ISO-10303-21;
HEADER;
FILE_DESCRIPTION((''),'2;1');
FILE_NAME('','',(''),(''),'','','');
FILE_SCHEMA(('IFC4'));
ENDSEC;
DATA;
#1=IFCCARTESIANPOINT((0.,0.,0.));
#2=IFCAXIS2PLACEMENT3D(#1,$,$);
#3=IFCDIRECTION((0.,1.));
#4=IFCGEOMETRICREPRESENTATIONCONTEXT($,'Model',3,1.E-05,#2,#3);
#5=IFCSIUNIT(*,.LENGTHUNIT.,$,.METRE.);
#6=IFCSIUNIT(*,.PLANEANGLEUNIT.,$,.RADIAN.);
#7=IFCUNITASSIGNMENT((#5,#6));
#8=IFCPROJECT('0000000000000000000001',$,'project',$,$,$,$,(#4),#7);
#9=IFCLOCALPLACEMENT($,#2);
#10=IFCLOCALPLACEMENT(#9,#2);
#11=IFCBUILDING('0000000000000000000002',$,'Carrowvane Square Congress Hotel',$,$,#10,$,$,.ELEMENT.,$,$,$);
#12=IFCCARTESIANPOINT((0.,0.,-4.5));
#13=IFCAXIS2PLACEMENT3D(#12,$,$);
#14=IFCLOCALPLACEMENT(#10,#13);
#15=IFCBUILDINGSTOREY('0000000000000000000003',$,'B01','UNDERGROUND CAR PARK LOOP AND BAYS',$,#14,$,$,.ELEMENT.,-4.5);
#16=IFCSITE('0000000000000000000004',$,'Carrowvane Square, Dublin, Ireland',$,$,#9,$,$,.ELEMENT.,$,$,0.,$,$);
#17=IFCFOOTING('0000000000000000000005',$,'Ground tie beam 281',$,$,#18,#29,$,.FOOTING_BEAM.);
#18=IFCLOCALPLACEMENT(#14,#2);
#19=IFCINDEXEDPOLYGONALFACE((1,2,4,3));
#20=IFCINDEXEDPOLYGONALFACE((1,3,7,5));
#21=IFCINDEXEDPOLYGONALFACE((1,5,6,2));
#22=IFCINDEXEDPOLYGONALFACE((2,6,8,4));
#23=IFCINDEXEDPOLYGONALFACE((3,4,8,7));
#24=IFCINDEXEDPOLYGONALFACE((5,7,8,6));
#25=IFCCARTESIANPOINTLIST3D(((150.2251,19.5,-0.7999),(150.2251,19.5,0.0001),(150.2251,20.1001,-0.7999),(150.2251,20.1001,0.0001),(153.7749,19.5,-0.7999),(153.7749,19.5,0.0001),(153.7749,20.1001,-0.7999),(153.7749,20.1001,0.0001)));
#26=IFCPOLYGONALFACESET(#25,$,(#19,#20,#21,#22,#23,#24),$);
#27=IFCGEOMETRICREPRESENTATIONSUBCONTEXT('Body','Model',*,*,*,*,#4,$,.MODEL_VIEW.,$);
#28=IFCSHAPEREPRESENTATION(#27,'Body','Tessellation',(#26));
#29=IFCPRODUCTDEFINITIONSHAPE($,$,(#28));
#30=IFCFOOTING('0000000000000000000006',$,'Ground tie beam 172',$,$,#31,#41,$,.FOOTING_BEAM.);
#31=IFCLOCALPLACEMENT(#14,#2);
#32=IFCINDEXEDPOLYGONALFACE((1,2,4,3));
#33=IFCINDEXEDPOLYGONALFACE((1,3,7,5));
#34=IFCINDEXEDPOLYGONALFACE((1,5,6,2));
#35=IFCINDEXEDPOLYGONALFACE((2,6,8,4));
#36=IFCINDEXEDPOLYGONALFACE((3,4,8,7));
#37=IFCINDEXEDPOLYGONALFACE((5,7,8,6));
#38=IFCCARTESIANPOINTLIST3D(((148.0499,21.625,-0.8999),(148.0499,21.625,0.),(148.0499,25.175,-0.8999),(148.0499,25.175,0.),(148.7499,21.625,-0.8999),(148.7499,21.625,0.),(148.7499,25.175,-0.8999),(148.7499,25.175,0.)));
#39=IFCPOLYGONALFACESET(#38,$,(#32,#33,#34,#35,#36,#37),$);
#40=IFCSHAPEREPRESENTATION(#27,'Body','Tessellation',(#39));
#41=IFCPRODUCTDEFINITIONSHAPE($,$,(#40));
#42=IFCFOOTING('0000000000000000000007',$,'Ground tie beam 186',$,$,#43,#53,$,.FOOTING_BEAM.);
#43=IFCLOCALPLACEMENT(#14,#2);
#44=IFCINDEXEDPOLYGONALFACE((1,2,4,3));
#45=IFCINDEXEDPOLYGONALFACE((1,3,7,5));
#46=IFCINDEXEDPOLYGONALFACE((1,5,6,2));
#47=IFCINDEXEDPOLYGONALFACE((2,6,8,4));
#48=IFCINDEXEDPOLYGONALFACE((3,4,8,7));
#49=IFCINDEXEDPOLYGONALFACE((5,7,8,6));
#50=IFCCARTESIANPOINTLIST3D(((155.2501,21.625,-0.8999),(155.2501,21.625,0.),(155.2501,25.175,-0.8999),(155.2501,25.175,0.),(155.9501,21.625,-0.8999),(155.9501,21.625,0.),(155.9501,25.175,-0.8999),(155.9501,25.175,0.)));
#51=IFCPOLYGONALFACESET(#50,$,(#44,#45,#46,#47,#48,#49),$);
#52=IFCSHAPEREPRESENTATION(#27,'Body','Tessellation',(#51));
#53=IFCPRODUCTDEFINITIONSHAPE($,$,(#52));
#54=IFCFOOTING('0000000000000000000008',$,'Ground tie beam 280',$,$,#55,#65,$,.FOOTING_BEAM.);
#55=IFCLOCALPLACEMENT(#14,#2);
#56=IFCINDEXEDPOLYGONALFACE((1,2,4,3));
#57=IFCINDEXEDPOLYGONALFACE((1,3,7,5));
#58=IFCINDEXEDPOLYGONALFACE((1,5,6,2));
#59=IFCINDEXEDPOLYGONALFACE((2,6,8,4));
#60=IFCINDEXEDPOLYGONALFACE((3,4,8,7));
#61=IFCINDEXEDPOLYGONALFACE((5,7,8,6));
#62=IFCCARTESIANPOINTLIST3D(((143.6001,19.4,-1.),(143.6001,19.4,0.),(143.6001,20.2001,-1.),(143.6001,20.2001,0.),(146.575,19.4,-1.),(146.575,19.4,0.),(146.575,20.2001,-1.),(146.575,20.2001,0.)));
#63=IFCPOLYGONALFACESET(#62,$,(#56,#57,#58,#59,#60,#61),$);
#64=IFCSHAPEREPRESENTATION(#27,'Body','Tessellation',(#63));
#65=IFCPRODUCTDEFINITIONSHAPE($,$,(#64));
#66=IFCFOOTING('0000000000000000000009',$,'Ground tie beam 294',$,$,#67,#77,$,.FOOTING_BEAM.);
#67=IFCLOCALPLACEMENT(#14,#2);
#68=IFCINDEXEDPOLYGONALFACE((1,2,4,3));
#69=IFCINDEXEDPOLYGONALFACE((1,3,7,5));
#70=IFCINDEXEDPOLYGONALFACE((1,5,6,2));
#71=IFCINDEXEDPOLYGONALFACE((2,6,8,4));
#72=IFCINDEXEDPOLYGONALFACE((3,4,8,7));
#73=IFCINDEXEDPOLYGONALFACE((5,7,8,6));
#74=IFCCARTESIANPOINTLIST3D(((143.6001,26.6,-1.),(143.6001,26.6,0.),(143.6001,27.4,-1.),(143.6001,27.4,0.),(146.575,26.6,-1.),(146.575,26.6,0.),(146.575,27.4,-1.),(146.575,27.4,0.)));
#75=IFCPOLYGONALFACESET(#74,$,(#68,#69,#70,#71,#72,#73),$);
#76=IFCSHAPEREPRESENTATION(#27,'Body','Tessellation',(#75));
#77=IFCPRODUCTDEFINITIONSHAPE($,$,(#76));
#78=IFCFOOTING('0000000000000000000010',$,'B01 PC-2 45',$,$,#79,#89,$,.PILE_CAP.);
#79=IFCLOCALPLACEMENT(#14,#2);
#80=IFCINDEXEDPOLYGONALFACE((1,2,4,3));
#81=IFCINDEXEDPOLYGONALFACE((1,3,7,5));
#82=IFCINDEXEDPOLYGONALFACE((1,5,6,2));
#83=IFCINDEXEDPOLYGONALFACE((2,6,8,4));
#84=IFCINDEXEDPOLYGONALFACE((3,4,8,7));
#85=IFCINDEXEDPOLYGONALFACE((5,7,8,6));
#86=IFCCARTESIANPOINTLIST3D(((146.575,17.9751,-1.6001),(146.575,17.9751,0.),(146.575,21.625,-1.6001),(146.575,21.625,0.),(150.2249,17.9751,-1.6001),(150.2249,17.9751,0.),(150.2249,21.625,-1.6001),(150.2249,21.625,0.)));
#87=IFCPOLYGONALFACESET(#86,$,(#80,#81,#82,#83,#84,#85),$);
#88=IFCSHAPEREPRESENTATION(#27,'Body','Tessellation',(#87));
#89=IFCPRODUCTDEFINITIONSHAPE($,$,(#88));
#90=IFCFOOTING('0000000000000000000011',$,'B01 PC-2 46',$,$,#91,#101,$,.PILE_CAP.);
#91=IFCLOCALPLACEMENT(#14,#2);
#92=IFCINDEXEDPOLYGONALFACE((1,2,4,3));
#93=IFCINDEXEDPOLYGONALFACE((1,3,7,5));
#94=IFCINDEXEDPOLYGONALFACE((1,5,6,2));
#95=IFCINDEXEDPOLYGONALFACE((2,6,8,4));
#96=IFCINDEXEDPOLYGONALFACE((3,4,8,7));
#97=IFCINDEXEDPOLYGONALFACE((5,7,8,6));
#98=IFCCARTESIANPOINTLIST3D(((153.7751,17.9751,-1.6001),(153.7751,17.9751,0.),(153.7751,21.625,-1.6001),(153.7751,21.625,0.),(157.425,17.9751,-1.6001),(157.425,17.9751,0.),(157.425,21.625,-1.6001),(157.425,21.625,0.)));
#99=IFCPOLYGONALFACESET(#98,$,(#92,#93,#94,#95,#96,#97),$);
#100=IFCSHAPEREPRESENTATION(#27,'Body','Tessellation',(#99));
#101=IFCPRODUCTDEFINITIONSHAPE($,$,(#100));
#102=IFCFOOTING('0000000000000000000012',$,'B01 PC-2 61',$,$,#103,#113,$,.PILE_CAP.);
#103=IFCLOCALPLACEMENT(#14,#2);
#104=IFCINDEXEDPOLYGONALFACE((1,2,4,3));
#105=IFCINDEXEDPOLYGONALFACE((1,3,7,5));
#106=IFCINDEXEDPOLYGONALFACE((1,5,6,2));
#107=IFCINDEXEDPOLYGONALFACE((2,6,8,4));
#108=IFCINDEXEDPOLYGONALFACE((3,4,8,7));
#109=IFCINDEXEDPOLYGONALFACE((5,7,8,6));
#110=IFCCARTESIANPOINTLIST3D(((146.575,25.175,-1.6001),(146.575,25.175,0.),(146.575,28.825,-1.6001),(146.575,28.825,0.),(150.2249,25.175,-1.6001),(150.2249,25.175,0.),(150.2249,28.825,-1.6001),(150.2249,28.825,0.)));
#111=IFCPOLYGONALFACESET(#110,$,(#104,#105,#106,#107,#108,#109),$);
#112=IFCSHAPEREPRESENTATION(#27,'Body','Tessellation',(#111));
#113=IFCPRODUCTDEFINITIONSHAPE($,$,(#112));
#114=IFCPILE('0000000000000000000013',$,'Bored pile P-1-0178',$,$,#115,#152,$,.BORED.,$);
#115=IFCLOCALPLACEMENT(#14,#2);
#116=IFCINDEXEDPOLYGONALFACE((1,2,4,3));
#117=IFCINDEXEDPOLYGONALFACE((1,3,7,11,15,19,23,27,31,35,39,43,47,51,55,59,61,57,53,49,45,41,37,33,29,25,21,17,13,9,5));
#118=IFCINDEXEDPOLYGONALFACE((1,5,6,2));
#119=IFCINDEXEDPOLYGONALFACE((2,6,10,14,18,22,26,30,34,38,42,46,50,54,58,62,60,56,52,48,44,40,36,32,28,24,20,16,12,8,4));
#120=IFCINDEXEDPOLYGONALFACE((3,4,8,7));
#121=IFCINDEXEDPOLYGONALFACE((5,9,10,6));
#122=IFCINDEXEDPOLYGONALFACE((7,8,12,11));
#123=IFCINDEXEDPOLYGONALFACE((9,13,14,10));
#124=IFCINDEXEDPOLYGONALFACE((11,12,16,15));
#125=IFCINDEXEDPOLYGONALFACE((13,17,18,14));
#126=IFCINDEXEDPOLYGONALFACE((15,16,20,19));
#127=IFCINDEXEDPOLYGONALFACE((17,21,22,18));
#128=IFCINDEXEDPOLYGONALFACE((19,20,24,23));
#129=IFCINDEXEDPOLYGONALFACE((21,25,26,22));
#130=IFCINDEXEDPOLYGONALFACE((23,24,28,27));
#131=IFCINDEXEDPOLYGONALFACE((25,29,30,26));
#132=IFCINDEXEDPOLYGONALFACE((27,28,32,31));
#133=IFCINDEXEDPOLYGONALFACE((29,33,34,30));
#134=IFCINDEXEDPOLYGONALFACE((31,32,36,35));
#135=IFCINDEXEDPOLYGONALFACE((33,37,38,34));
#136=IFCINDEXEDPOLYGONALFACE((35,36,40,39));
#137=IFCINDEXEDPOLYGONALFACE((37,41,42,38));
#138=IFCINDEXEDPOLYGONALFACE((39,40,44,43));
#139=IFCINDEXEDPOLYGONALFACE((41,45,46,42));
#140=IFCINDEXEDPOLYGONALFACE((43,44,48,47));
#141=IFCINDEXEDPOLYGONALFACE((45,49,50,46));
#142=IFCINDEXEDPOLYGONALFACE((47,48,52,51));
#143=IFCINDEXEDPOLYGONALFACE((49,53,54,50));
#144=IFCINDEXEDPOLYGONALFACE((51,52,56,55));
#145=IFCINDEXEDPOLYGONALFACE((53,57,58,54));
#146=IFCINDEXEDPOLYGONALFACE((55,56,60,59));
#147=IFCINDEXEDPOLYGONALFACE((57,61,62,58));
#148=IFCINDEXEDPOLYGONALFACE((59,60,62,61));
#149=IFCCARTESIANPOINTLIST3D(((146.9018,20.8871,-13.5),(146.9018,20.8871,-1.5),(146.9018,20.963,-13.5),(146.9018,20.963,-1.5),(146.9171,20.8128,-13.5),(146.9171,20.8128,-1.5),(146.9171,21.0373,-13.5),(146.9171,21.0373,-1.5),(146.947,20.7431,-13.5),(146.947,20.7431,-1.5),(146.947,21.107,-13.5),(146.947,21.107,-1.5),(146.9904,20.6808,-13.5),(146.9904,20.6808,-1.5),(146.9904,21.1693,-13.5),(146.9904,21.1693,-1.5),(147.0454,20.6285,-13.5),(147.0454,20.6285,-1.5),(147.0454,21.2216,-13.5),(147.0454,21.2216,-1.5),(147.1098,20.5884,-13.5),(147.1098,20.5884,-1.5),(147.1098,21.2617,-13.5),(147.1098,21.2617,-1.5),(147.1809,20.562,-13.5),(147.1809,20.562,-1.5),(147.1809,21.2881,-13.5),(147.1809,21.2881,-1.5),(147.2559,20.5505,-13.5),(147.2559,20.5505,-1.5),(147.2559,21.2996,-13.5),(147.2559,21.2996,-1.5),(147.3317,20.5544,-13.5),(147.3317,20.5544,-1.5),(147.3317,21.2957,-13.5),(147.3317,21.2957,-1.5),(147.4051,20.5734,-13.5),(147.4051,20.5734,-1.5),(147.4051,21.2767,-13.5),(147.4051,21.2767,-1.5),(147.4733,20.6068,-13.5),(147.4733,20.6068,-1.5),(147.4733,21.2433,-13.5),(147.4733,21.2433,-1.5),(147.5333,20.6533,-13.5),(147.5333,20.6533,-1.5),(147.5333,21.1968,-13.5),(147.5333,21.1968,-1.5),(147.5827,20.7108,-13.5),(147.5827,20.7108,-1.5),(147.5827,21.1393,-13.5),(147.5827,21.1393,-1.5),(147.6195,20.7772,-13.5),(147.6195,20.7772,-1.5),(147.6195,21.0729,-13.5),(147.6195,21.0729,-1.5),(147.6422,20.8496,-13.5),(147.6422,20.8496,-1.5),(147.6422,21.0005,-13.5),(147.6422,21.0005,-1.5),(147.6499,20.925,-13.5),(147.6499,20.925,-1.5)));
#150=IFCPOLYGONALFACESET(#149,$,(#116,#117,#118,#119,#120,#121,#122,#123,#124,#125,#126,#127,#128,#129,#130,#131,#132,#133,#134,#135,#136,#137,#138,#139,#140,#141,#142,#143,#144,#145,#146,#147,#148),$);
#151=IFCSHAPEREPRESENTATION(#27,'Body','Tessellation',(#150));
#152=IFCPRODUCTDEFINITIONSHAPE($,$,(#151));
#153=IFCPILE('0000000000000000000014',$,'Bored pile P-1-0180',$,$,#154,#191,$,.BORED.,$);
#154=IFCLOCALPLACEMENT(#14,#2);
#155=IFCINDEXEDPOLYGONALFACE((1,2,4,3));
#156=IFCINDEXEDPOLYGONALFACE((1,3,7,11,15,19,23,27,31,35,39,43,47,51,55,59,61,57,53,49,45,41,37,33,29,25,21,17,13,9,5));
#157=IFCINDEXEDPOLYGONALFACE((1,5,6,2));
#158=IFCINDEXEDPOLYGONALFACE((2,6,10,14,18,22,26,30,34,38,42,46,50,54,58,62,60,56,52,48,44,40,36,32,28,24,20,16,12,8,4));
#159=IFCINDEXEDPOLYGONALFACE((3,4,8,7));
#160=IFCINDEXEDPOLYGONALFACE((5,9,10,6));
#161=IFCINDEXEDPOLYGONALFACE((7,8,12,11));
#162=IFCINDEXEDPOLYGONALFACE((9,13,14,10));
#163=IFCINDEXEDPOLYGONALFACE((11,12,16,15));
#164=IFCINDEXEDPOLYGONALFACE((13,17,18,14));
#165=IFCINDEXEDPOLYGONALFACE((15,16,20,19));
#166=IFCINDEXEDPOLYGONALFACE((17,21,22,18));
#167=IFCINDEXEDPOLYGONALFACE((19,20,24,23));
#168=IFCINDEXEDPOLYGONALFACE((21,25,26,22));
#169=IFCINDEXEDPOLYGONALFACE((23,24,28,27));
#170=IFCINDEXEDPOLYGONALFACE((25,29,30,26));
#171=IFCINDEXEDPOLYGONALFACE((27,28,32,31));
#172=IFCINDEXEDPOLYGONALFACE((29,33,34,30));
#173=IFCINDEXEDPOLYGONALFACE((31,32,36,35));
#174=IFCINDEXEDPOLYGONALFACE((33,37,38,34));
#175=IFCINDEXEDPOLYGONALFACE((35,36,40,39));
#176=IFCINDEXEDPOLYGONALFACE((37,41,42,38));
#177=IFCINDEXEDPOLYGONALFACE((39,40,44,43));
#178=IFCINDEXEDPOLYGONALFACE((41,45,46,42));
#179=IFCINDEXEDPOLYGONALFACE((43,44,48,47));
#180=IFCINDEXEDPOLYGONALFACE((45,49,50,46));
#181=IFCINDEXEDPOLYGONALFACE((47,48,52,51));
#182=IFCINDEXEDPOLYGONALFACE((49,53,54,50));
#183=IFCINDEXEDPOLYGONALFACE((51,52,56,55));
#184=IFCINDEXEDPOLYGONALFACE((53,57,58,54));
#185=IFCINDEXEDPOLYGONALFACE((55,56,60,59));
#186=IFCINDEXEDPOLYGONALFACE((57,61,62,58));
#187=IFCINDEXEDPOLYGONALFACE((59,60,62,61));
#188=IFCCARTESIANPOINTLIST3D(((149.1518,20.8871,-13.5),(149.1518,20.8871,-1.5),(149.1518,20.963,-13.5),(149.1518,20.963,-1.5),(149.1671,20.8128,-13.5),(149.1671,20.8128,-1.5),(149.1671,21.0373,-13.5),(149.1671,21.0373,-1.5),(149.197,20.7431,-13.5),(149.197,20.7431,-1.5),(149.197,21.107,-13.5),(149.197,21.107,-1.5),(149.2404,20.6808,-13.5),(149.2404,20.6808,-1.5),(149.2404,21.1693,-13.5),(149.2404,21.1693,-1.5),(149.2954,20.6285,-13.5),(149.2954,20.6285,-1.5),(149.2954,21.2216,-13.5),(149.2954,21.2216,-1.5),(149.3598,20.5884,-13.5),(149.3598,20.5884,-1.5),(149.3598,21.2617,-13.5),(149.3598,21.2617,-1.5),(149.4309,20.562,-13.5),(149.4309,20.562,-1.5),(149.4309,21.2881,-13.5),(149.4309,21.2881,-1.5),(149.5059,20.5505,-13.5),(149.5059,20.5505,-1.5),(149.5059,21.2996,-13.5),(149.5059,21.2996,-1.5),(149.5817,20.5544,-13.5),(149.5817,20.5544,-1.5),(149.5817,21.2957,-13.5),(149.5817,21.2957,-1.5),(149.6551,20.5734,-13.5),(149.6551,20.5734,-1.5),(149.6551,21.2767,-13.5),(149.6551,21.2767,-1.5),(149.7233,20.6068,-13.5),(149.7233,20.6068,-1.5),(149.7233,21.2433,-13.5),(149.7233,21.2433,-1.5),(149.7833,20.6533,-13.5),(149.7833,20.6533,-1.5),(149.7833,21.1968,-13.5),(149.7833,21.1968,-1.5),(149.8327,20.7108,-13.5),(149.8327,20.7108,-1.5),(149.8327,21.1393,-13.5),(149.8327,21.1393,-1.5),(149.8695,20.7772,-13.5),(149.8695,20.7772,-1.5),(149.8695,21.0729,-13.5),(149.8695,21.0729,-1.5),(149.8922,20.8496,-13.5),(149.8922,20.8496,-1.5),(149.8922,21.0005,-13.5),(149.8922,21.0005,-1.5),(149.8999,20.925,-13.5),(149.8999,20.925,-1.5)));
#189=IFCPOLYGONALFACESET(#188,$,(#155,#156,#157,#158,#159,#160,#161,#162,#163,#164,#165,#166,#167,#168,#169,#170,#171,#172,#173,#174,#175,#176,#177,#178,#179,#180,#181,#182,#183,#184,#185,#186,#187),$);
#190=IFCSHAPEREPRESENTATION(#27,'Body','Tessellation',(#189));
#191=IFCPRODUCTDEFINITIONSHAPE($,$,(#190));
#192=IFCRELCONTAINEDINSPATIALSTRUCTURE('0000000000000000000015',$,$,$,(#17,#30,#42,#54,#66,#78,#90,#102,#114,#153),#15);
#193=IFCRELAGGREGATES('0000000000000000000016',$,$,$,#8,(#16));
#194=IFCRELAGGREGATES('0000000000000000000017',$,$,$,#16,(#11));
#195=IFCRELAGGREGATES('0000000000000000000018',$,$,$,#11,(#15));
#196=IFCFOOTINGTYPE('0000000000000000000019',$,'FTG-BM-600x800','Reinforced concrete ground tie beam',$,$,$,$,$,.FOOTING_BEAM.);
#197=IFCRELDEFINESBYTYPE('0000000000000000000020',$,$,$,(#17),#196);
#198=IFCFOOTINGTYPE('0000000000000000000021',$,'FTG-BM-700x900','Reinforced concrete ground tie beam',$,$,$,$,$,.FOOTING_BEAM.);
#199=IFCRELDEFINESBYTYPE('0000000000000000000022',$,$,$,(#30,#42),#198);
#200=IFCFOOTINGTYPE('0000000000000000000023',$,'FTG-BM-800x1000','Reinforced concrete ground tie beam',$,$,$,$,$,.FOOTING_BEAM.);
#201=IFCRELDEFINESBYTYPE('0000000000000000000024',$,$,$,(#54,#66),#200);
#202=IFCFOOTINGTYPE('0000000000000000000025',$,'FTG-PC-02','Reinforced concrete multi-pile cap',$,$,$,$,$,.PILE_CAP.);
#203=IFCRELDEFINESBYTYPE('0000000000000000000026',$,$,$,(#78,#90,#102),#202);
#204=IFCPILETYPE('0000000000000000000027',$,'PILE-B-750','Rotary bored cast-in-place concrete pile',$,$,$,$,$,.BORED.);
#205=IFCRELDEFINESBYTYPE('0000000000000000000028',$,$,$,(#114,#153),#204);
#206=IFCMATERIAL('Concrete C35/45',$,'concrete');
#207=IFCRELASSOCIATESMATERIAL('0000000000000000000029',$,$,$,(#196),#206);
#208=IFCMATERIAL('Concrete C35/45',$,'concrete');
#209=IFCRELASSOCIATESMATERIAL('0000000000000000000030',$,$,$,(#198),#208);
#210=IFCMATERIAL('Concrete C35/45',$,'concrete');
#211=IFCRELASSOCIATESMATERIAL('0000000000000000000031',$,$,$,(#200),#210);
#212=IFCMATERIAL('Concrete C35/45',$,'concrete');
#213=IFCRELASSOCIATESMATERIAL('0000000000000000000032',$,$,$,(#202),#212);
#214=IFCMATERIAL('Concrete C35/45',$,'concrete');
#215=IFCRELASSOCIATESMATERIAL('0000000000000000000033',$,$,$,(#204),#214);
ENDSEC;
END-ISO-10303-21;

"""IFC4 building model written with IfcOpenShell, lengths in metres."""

from ifc_helpers import new_model, si_unit, direction, frame, origin, origin_2d, place, context, subcontext, project, spatial, rectangle, circle, extrude, material, material_profile, profile_set, type_object, element, save


model = new_model("IFC4")

# Units and contexts
model_context = context("Model", 3, precision=1e-05, world=origin(), true_north=direction((0.0, 1.0)))
body_context = subcontext(model_context, "Body", "Model", "MODEL_VIEW")
ifc_project = project(units=[si_unit("LENGTHUNIT", "METRE"), si_unit("PLANEANGLEUNIT", "RADIAN")], contexts=[model_context])

# Site, building, storey
site_placement = place(None, origin())
site = spatial("IfcSite", under=ifc_project, at=site_placement, Name="Carrowvane Square, Dublin, Ireland", CompositionType="ELEMENT", RefElevation=0.0)
building_placement = place(site_placement, origin())
building = spatial("IfcBuilding", under=site, at=building_placement, Name="Carrowvane Square Congress Hotel", CompositionType="ELEMENT")
storey_placement = place(building_placement, frame((0.0, 0.0, -4.5)))
storey = spatial("IfcBuildingStorey", under=building, at=storey_placement, Name="B01", Description="UNDERGROUND CAR PARK LOOP AND BAYS", CompositionType="ELEMENT", Elevation=-4.5)

# Footings
ifc_material_1 = material(Name="Concrete C35/45", Category="concrete")
ifc_material_profile_1 = material_profile(ifc_material_1, rectangle(XDim=0.6001, YDim=0.8, at=origin_2d()), Name="RC 600x800")
ifc_profile_set_1 = profile_set([ifc_material_profile_1], Name="Concrete C35/45")
footing_type_1 = type_object("IfcFootingType", Name="FTG-BM-600x800", Description="Reinforced concrete ground tie beam", PredefinedType="FOOTING_BEAM", material=ifc_profile_set_1)
footing_placement = place(storey_placement, frame((150.2251, 19.8, -0.3999), z_axis=(1.0, 0.0, 0.0), x_axis=(0.0, 1.0, 0.0)))
element("IfcFooting", 1, at=footing_placement, inside=storey, type_object=footing_type_1, Name="Ground tie beam 281", PredefinedType="FOOTING_BEAM", context=body_context, shape_type="SweptSolid", body=[
    extrude(rectangle(XDim=0.6001, YDim=0.8, at=origin_2d()), origin(), (0.0, 0.0, 1.0), 3.5498),
])
ifc_material_2 = material(Name="Concrete C35/45", Category="concrete")
ifc_material_profile_2 = material_profile(ifc_material_2, rectangle(XDim=0.7, YDim=0.8999, at=origin_2d()), Name="RC 700x900")
ifc_profile_set_2 = profile_set([ifc_material_profile_2], Name="Concrete C35/45")
footing_type_2 = type_object("IfcFootingType", Name="FTG-BM-700x900", Description="Reinforced concrete ground tie beam", PredefinedType="FOOTING_BEAM", material=ifc_profile_set_2)
for number, where, z_axis, x_axis, name in (
    (2, (148.3999, 21.625, -0.45), (0.0, 1.0, 0.0), (-1.0, 0.0, 0.0), "Ground tie beam 172"),
    (3, (155.6001, 21.625, -0.45), (0.0, 1.0, 0.0), (-1.0, 0.0, 0.0), "Ground tie beam 186"),
):
    element("IfcFooting", number, at=place(storey_placement, frame(where, z_axis=z_axis, x_axis=x_axis)), inside=storey, type_object=footing_type_2, Name=name, PredefinedType="FOOTING_BEAM", context=body_context, shape_type="SweptSolid", body=[
        extrude(rectangle(XDim=0.7, YDim=0.8999, at=origin_2d()), origin(), (0.0, 0.0, 1.0), 3.55),
    ])
ifc_material_3 = material(Name="Concrete C35/45", Category="concrete")
ifc_material_profile_3 = material_profile(ifc_material_3, rectangle(XDim=0.8, YDim=1.0, at=origin_2d()), Name="RC 800x1000")
ifc_profile_set_3 = profile_set([ifc_material_profile_3], Name="Concrete C35/45")
footing_type_3 = type_object("IfcFootingType", Name="FTG-BM-800x1000", Description="Reinforced concrete ground tie beam", PredefinedType="FOOTING_BEAM", material=ifc_profile_set_3)
for number, where, z_axis, x_axis, name in (
    (4, (143.6001, 19.8, -0.5), (1.0, 0.0, 0.0), (0.0, 1.0, 0.0), "Ground tie beam 280"),
    (5, (143.6001, 27.0, -0.5), (1.0, 0.0, 0.0), (0.0, 1.0, 0.0), "Ground tie beam 294"),
):
    element("IfcFooting", number, at=place(storey_placement, frame(where, z_axis=z_axis, x_axis=x_axis)), inside=storey, type_object=footing_type_3, Name=name, PredefinedType="FOOTING_BEAM", context=body_context, shape_type="SweptSolid", body=[
        extrude(rectangle(XDim=0.8, YDim=1.0, at=origin_2d()), origin(), (0.0, 0.0, 1.0), 2.9749),
    ])
ifc_material_4 = material(Name="Concrete C35/45", Category="concrete")
footing_type_4 = type_object("IfcFootingType", Name="FTG-PC-02", Description="Reinforced concrete multi-pile cap", PredefinedType="PILE_CAP", material=ifc_material_4)
for number, where, z_axis, x_axis, name in (
    (6, (148.3999, 19.8, -1.6001), (0.0, 0.0, 1.0), (1.0, 0.0, 0.0), "B01 PC-2 45"),
    (7, (155.6001, 19.8, -1.6001), (0.0, 0.0, 1.0), (1.0, 0.0, 0.0), "B01 PC-2 46"),
    (8, (148.3999, 27.0, -1.6001), (0.0, 0.0, 1.0), (1.0, 0.0, 0.0), "B01 PC-2 61"),
):
    element("IfcFooting", number, at=place(storey_placement, frame(where, z_axis=z_axis, x_axis=x_axis)), inside=storey, type_object=footing_type_4, Name=name, PredefinedType="PILE_CAP", context=body_context, shape_type="SweptSolid", body=[
        extrude(rectangle(XDim=3.6499, YDim=3.6499, at=origin_2d()), origin(), (0.0, 0.0, 1.0), 1.6001),
    ])

# Piles
ifc_material_5 = material(Name="Concrete C35/45", Category="concrete")
ifc_material_profile_4 = material_profile(ifc_material_5, circle(Radius=0.375, at=origin_2d()), Name="PILE D750")
ifc_profile_set_4 = profile_set([ifc_material_profile_4], Name="Concrete C35/45")
pile_type = type_object("IfcPileType", Name="PILE-B-750", Description="Rotary bored cast-in-place concrete pile", PredefinedType="BORED", material=ifc_profile_set_4)
for number, where, z_axis, x_axis, name in (
    (9, (147.2749, 20.925, -1.5), (0.0, 0.0, -1.0), (1.0, 0.0, 0.0), "Bored pile P-1-0178"),
    (10, (149.5249, 20.925, -1.5), (0.0, 0.0, -1.0), (1.0, 0.0, 0.0), "Bored pile P-1-0180"),
):
    element("IfcPile", number, at=place(storey_placement, frame(where, z_axis=z_axis, x_axis=x_axis)), inside=storey, type_object=pile_type, Name=name, PredefinedType="BORED", context=body_context, shape_type="SweptSolid", body=[
        extrude(circle(Radius=0.375, at=origin_2d()), origin(), (0.0, 0.0, 1.0), 12.0),
    ])

save(model, "model.ifc")
